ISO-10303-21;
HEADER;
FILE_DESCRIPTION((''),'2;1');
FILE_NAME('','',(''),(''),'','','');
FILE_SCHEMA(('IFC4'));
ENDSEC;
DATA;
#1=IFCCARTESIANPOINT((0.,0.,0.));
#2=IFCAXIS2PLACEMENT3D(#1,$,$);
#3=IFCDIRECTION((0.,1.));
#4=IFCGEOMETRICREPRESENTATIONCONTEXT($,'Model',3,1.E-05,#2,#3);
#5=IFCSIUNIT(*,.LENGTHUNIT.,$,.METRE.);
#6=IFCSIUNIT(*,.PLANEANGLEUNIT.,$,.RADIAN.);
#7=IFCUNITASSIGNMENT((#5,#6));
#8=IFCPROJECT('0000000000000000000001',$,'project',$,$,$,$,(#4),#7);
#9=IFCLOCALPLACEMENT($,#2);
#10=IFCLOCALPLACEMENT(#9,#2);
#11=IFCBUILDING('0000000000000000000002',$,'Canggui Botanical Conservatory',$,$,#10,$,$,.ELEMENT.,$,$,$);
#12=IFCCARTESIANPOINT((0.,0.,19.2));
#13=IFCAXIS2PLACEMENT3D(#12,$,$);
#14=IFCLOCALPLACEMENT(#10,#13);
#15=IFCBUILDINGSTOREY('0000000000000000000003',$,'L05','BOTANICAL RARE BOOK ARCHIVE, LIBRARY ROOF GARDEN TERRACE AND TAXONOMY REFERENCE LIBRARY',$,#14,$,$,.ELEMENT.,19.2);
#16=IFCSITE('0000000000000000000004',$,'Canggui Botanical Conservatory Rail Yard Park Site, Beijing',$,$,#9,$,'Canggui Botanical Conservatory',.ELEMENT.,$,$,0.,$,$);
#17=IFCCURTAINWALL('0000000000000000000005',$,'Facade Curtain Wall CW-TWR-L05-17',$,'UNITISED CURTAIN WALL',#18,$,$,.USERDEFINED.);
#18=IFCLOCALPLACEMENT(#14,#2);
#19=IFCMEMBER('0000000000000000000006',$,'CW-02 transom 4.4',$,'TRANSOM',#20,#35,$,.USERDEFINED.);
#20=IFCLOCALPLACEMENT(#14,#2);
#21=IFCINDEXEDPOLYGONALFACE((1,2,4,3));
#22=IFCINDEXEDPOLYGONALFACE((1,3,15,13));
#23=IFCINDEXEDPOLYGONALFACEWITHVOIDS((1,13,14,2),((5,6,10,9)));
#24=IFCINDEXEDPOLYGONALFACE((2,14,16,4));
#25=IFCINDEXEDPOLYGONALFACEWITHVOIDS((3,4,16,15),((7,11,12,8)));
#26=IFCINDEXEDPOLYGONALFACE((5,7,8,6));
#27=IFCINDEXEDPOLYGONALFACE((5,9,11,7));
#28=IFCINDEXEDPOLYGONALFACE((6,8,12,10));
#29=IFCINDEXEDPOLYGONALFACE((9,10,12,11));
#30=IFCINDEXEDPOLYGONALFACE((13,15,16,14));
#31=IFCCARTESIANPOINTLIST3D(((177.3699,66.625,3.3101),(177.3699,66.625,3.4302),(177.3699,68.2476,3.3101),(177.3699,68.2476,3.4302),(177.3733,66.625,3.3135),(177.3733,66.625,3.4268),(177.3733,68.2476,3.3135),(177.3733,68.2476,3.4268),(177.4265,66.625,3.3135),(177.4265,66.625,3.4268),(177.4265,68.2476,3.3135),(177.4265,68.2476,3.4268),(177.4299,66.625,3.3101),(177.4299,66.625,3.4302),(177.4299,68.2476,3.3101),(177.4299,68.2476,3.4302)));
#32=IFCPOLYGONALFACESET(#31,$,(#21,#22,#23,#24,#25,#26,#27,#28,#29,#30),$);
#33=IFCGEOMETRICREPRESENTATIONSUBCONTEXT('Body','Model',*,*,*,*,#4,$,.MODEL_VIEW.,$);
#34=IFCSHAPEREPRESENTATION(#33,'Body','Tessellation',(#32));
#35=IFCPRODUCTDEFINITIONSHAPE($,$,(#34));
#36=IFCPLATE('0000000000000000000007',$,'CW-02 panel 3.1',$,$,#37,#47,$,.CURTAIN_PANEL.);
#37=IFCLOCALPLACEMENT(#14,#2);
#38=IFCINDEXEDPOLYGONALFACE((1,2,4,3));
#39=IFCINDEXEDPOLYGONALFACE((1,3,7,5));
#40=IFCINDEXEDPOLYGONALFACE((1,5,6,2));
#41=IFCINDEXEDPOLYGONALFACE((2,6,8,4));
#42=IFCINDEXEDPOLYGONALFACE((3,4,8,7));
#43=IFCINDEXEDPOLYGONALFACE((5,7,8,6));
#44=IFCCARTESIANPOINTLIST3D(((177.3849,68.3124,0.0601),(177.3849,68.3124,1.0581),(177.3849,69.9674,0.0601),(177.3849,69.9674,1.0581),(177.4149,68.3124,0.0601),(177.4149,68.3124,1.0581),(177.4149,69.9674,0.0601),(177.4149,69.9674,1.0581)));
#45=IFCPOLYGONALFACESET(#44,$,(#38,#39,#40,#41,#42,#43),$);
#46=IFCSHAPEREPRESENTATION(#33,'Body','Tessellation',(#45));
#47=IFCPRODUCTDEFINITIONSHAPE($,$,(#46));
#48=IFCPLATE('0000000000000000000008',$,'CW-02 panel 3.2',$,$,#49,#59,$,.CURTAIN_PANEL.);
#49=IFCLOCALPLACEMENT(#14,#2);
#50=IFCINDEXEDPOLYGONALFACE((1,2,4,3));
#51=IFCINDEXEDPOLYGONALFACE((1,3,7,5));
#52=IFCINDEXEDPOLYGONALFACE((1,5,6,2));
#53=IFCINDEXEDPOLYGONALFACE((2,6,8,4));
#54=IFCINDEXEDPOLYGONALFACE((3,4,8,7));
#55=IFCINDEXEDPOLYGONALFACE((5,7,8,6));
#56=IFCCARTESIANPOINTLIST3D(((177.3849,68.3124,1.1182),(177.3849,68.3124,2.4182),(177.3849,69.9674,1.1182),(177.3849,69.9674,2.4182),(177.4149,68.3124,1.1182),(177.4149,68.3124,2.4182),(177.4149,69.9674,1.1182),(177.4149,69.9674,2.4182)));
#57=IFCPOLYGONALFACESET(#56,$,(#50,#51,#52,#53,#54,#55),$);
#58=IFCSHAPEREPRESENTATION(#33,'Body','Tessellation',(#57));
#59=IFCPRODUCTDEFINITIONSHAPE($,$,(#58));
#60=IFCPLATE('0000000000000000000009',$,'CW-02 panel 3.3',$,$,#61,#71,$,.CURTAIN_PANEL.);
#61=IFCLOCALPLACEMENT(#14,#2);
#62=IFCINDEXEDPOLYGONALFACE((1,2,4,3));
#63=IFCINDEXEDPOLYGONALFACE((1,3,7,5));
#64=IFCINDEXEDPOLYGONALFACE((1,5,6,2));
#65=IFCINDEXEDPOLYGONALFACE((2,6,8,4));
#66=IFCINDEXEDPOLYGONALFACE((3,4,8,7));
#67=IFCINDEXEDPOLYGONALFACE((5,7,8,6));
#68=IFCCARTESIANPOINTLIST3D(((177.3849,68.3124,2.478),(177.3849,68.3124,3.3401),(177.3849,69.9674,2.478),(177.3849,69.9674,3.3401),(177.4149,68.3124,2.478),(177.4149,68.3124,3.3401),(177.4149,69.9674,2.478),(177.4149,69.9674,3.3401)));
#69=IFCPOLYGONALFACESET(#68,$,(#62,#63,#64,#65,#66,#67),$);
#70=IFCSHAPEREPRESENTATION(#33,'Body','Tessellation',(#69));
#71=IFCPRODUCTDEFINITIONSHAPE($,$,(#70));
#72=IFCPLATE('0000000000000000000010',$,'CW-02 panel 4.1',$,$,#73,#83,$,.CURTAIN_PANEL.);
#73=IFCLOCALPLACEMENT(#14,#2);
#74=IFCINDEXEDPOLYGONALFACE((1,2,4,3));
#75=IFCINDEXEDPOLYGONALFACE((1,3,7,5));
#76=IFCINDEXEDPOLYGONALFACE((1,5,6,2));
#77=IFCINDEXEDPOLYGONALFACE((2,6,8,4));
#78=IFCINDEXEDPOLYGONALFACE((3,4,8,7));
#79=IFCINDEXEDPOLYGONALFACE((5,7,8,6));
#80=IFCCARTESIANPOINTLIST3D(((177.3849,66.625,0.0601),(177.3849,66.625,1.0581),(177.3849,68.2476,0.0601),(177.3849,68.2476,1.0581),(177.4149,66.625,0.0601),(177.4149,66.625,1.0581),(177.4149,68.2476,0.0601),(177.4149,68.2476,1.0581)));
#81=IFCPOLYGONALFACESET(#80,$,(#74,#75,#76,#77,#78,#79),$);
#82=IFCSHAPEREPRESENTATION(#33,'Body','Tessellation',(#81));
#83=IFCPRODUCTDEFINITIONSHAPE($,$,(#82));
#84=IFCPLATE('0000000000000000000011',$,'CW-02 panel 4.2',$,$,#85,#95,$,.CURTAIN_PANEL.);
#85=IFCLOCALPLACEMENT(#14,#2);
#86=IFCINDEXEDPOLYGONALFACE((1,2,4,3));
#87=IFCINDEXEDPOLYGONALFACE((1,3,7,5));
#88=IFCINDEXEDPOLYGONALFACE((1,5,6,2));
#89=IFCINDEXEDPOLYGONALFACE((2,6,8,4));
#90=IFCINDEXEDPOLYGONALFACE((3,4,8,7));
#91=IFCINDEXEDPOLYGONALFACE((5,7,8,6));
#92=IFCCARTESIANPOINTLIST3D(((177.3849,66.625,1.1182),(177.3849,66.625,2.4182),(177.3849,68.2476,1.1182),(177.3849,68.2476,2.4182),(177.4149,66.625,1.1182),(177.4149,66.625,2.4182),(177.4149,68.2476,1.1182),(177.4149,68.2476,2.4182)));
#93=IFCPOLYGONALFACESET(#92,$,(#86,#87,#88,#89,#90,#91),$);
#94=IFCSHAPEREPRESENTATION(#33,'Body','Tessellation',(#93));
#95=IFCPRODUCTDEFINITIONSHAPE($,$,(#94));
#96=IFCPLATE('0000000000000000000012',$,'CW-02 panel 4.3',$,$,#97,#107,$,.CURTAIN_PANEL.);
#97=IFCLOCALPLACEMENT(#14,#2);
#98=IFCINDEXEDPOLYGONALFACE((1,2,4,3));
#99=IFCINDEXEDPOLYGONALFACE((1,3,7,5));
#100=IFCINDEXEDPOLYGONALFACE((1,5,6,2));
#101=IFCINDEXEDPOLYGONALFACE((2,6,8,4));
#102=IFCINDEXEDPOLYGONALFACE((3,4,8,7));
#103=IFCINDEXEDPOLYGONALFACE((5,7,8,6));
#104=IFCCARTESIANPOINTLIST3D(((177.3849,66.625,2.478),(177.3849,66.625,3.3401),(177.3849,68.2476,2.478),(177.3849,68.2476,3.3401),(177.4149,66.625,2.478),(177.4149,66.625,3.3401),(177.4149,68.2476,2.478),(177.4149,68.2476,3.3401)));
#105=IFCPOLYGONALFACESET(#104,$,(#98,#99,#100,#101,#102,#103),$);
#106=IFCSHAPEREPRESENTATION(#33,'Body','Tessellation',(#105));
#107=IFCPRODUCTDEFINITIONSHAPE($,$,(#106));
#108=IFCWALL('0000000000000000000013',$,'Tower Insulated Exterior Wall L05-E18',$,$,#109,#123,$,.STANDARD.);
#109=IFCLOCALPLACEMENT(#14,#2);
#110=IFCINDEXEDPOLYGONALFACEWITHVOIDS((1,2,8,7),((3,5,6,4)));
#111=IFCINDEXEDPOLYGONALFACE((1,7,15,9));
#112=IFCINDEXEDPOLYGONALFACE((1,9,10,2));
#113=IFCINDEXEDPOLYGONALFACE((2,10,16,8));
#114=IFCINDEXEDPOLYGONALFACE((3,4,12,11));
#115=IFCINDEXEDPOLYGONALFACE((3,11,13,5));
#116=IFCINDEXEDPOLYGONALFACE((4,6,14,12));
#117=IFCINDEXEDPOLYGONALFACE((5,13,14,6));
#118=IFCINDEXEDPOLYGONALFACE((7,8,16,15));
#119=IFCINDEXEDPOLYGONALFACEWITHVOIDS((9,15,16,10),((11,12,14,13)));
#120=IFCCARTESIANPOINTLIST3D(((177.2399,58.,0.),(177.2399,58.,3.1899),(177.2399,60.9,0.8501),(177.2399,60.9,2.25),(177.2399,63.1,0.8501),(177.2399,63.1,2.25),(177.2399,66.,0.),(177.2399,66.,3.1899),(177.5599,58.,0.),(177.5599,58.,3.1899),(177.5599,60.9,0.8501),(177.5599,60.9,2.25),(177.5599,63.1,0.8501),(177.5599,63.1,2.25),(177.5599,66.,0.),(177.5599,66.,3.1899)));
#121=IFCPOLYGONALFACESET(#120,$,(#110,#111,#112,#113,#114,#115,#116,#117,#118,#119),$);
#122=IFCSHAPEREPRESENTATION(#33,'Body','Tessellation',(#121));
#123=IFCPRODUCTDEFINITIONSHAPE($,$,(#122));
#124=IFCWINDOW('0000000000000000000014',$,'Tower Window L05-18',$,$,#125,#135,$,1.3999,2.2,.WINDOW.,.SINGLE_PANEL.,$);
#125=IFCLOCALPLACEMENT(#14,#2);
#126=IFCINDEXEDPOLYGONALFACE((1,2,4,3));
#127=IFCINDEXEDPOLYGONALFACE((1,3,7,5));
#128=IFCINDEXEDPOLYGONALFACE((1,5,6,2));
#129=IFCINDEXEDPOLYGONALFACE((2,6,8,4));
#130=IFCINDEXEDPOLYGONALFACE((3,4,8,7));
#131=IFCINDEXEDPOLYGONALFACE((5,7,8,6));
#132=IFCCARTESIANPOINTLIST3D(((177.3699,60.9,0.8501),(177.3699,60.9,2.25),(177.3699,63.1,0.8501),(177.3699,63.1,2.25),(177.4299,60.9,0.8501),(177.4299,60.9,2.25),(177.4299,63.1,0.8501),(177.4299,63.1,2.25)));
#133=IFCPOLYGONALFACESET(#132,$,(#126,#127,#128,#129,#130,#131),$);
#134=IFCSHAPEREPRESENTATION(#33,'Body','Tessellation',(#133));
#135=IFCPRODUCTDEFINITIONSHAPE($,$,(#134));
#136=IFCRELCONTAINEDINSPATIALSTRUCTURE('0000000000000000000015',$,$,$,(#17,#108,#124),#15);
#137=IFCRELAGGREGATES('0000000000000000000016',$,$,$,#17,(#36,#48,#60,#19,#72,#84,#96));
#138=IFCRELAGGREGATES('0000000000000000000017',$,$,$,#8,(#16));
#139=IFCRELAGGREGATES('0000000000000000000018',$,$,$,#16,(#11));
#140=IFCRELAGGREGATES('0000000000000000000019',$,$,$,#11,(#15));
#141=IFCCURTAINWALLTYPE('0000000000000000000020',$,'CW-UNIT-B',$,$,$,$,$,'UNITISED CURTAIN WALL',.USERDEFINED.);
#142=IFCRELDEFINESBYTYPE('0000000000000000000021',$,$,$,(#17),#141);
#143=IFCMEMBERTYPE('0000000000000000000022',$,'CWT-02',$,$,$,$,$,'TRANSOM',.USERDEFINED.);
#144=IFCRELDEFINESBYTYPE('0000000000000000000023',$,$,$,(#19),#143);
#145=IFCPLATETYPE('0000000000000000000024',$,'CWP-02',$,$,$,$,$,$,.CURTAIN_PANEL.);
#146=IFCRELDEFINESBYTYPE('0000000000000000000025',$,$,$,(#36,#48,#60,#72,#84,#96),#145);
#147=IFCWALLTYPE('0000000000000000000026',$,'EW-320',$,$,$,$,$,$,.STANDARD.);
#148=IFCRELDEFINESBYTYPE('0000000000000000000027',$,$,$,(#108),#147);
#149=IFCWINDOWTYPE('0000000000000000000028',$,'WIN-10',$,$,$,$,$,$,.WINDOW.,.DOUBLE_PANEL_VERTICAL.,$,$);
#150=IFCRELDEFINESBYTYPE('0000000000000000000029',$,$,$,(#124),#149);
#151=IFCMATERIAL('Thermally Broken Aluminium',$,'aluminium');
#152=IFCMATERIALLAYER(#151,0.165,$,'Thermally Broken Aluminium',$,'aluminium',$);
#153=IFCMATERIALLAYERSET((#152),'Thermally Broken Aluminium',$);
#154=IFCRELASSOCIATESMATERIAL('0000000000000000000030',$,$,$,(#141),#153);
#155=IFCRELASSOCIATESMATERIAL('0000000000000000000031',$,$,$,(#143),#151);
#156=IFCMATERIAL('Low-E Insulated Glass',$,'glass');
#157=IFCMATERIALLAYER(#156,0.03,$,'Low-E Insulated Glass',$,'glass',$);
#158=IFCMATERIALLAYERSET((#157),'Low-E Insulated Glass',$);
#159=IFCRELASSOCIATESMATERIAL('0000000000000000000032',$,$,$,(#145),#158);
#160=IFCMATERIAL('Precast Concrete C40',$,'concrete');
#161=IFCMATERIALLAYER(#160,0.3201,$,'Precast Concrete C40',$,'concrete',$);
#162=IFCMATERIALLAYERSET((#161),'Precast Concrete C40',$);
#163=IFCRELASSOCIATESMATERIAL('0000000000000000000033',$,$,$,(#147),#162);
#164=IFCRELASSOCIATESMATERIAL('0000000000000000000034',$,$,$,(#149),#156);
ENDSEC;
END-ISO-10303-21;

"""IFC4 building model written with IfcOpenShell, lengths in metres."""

from ifc_helpers import new_model, si_unit, direction, frame, frame_2d, origin, origin_2d, place, context, subcontext, project, spatial, rectangle, hollow_rectangle, extrude, material, layer, layer_set, material_profile, profile_set, type_object, element, fill, aggregate, save


model = new_model("IFC4")

# Units and contexts
model_context = context("Model", 3, precision=1e-05, world=origin(), true_north=direction((0.0, 1.0)))
body_context = subcontext(model_context, "Body", "Model", "MODEL_VIEW")
ifc_project = project(units=[si_unit("LENGTHUNIT", "METRE"), si_unit("PLANEANGLEUNIT", "RADIAN")], contexts=[model_context])

# Site, building, storey
site_placement = place(None, origin())
site = spatial("IfcSite", under=ifc_project, at=site_placement, Name="Canggui Botanical Conservatory Rail Yard Park Site, Beijing", LongName="Canggui Botanical Conservatory", CompositionType="ELEMENT", RefElevation=0.0)
building_placement = place(site_placement, origin())
building = spatial("IfcBuilding", under=site, at=building_placement, Name="Canggui Botanical Conservatory", CompositionType="ELEMENT")
storey_placement = place(building_placement, frame((0.0, 0.0, 19.2)))
storey = spatial("IfcBuildingStorey", under=building, at=storey_placement, Name="L05", Description="BOTANICAL RARE BOOK ARCHIVE, LIBRARY ROOF GARDEN TERRACE AND TAXONOMY REFERENCE LIBRARY", CompositionType="ELEMENT", Elevation=19.2)

# Curtain wall, member, plates
ifc_material_1 = material(Name="Thermally Broken Aluminium", Category="aluminium")
ifc_layer_1 = layer(ifc_material_1, 0.165, Name="Thermally Broken Aluminium", Category="aluminium")
ifc_layer_set_1 = layer_set([ifc_layer_1], Name="Thermally Broken Aluminium")
curtain_wall_type = type_object("IfcCurtainWallType", Name="CW-UNIT-B", ElementType="UNITISED CURTAIN WALL", PredefinedType="USERDEFINED", material=ifc_layer_set_1)
curtain_wall_placement = place(storey_placement, origin())
curtain_wall = element("IfcCurtainWall", 1, at=curtain_wall_placement, inside=storey, type_object=curtain_wall_type, Name="Facade Curtain Wall CW-TWR-L05-17", ObjectType="UNITISED CURTAIN WALL", PredefinedType="USERDEFINED")
ifc_material_profile_1 = material_profile(ifc_material_1, hollow_rectangle(XDim=0.0601, YDim=0.1201, WallThickness=0.0034, at=origin_2d()), Name="CWT 60x120x3.5")
ifc_profile_set_1 = profile_set([ifc_material_profile_1], Name="Thermally Broken Aluminium")
member_type_1 = type_object("IfcMemberType", Name="CWT-02", ElementType="TRANSOM", PredefinedType="USERDEFINED", material=ifc_profile_set_1)
member_1_placement = place(storey_placement, frame((177.3999, 68.2476, 3.3701), z_axis=(0.0, -1.0, 0.0), x_axis=(1.0, 0.0, 0.0)))
member_1 = element("IfcMember", 2, at=member_1_placement, type_object=member_type_1, Name="CW-02 transom 4.4", ObjectType="TRANSOM", PredefinedType="USERDEFINED", context=body_context, shape_type="SweptSolid", body=[
    extrude(hollow_rectangle(XDim=0.0601, YDim=0.1201, WallThickness=0.0034, at=origin_2d()), origin(), (0.0, 0.0, 1.0), 1.6226),
])
ifc_material_2 = material(Name="Low-E Insulated Glass", Category="glass")
ifc_layer_2 = layer(ifc_material_2, 0.03, Name="Low-E Insulated Glass", Category="glass")
ifc_layer_set_2 = layer_set([ifc_layer_2], Name="Low-E Insulated Glass")
plate_type = type_object("IfcPlateType", Name="CWP-02", PredefinedType="CURTAIN_PANEL", material=ifc_layer_set_2)
plate_1_placement = place(storey_placement, frame((177.3999, 69.1399, 0.0601), z_axis=(0.0, 0.0, 1.0), x_axis=(0.0, -1.0, 0.0)))
plate_1 = element("IfcPlate", 3, at=plate_1_placement, type_object=plate_type, Name="CW-02 panel 3.1", PredefinedType="CURTAIN_PANEL", context=body_context, shape_type="SweptSolid", body=[
    extrude(rectangle(XDim=1.655, YDim=0.03, at=origin_2d()), origin(), (0.0, 0.0, 1.0), 0.998),
])
plate_2_placement = place(storey_placement, frame((177.3999, 69.1399, 1.1182), z_axis=(0.0, 0.0, 1.0), x_axis=(0.0, -1.0, 0.0)))
plate_2 = element("IfcPlate", 4, at=plate_2_placement, type_object=plate_type, Name="CW-02 panel 3.2", PredefinedType="CURTAIN_PANEL", context=body_context, shape_type="SweptSolid", body=[
    extrude(rectangle(XDim=1.655, YDim=0.03, at=origin_2d()), origin(), (0.0, 0.0, 1.0), 1.3),
])
plate_3_placement = place(storey_placement, frame((177.3999, 69.1399, 2.478), z_axis=(0.0, 0.0, 1.0), x_axis=(0.0, -1.0, 0.0)))
plate_3 = element("IfcPlate", 5, at=plate_3_placement, type_object=plate_type, Name="CW-02 panel 3.3", PredefinedType="CURTAIN_PANEL", context=body_context, shape_type="SweptSolid", body=[
    extrude(rectangle(XDim=1.655, YDim=0.03, at=origin_2d()), origin(), (0.0, 0.0, 1.0), 0.8621),
])
plate_4_placement = place(storey_placement, frame((177.3999, 67.4363, 0.0601), z_axis=(0.0, 0.0, 1.0), x_axis=(0.0, -1.0, 0.0)))
plate_4 = element("IfcPlate", 6, at=plate_4_placement, type_object=plate_type, Name="CW-02 panel 4.1", PredefinedType="CURTAIN_PANEL", context=body_context, shape_type="SweptSolid", body=[
    extrude(rectangle(XDim=1.6226, YDim=0.03, at=origin_2d()), origin(), (0.0, 0.0, 1.0), 0.998),
])
plate_5_placement = place(storey_placement, frame((177.3999, 67.4363, 1.1182), z_axis=(0.0, 0.0, 1.0), x_axis=(0.0, -1.0, 0.0)))
plate_5 = element("IfcPlate", 7, at=plate_5_placement, type_object=plate_type, Name="CW-02 panel 4.2", PredefinedType="CURTAIN_PANEL", context=body_context, shape_type="SweptSolid", body=[
    extrude(rectangle(XDim=1.6226, YDim=0.03, at=origin_2d()), origin(), (0.0, 0.0, 1.0), 1.3),
])
plate_6_placement = place(storey_placement, frame((177.3999, 67.4363, 2.478), z_axis=(0.0, 0.0, 1.0), x_axis=(0.0, -1.0, 0.0)))
plate_6 = element("IfcPlate", 8, at=plate_6_placement, type_object=plate_type, Name="CW-02 panel 4.3", PredefinedType="CURTAIN_PANEL", context=body_context, shape_type="SweptSolid", body=[
    extrude(rectangle(XDim=1.6226, YDim=0.03, at=origin_2d()), origin(), (0.0, 0.0, 1.0), 0.8621),
])
aggregate(curtain_wall, [plate_1, plate_2, plate_3, member_1, plate_4, plate_5, plate_6])

# Wall, opening, window
ifc_material_3 = material(Name="Precast Concrete C40", Category="concrete")
ifc_layer_3 = layer(ifc_material_3, 0.3201, Name="Precast Concrete C40", Category="concrete")
ifc_layer_set_3 = layer_set([ifc_layer_3], Name="Precast Concrete C40")
wall_type = type_object("IfcWallType", Name="EW-320", PredefinedType="STANDARD", material=ifc_layer_set_3)
wall_placement = place(storey_placement, frame((177.3999, 66.0, 0.0), z_axis=(0.0, 0.0, 1.0), x_axis=(0.0, -1.0, 0.0)))
wall = element("IfcWall", 9, at=wall_placement, inside=storey, type_object=wall_type, Name="Tower Insulated Exterior Wall L05-E18", PredefinedType="STANDARD", context=body_context, shape_type="SweptSolid", body=[
    extrude(rectangle(XDim=8.0, YDim=0.3201, at=frame_2d((4.0, 0.0))), origin(), (0.0, 0.0, 1.0), 3.1899),
])
opening_placement = place(wall_placement, frame((2.8999, 0.0, 0.8501)))
opening = element("IfcOpeningElement", 10, at=opening_placement, cuts=wall, PredefinedType="OPENING", context=body_context, shape_type="SweptSolid", body=[
    extrude(rectangle(XDim=2.2, YDim=1.3999, at=frame_2d((1.1001, 0.7))), frame((0.0, 0.1699, 0.0), z_axis=(0.0, -1.0, 0.0), x_axis=(1.0, 0.0, 0.0)), (0.0, 0.0, 1.0), 0.3401),
])
window_type = type_object("IfcWindowType", Name="WIN-10", PartitioningType="DOUBLE_PANEL_VERTICAL", PredefinedType="WINDOW", material=ifc_material_2)
window_placement = place(opening_placement, origin())
window = element("IfcWindow", 11, at=window_placement, inside=storey, type_object=window_type, Name="Tower Window L05-18", OverallHeight=1.3999, OverallWidth=2.2, PartitioningType="SINGLE_PANEL", PredefinedType="WINDOW", context=body_context, shape_type="SweptSolid", body=[
    extrude(rectangle(XDim=2.2, YDim=1.3999, at=frame_2d((1.1001, 0.7))), frame((0.0, 0.03, 0.0), z_axis=(0.0, -1.0, 0.0), x_axis=(1.0, 0.0, 0.0)), (0.0, 0.0, 1.0), 0.0601),
])
fill(opening, window)

save(model, "model.ifc")
